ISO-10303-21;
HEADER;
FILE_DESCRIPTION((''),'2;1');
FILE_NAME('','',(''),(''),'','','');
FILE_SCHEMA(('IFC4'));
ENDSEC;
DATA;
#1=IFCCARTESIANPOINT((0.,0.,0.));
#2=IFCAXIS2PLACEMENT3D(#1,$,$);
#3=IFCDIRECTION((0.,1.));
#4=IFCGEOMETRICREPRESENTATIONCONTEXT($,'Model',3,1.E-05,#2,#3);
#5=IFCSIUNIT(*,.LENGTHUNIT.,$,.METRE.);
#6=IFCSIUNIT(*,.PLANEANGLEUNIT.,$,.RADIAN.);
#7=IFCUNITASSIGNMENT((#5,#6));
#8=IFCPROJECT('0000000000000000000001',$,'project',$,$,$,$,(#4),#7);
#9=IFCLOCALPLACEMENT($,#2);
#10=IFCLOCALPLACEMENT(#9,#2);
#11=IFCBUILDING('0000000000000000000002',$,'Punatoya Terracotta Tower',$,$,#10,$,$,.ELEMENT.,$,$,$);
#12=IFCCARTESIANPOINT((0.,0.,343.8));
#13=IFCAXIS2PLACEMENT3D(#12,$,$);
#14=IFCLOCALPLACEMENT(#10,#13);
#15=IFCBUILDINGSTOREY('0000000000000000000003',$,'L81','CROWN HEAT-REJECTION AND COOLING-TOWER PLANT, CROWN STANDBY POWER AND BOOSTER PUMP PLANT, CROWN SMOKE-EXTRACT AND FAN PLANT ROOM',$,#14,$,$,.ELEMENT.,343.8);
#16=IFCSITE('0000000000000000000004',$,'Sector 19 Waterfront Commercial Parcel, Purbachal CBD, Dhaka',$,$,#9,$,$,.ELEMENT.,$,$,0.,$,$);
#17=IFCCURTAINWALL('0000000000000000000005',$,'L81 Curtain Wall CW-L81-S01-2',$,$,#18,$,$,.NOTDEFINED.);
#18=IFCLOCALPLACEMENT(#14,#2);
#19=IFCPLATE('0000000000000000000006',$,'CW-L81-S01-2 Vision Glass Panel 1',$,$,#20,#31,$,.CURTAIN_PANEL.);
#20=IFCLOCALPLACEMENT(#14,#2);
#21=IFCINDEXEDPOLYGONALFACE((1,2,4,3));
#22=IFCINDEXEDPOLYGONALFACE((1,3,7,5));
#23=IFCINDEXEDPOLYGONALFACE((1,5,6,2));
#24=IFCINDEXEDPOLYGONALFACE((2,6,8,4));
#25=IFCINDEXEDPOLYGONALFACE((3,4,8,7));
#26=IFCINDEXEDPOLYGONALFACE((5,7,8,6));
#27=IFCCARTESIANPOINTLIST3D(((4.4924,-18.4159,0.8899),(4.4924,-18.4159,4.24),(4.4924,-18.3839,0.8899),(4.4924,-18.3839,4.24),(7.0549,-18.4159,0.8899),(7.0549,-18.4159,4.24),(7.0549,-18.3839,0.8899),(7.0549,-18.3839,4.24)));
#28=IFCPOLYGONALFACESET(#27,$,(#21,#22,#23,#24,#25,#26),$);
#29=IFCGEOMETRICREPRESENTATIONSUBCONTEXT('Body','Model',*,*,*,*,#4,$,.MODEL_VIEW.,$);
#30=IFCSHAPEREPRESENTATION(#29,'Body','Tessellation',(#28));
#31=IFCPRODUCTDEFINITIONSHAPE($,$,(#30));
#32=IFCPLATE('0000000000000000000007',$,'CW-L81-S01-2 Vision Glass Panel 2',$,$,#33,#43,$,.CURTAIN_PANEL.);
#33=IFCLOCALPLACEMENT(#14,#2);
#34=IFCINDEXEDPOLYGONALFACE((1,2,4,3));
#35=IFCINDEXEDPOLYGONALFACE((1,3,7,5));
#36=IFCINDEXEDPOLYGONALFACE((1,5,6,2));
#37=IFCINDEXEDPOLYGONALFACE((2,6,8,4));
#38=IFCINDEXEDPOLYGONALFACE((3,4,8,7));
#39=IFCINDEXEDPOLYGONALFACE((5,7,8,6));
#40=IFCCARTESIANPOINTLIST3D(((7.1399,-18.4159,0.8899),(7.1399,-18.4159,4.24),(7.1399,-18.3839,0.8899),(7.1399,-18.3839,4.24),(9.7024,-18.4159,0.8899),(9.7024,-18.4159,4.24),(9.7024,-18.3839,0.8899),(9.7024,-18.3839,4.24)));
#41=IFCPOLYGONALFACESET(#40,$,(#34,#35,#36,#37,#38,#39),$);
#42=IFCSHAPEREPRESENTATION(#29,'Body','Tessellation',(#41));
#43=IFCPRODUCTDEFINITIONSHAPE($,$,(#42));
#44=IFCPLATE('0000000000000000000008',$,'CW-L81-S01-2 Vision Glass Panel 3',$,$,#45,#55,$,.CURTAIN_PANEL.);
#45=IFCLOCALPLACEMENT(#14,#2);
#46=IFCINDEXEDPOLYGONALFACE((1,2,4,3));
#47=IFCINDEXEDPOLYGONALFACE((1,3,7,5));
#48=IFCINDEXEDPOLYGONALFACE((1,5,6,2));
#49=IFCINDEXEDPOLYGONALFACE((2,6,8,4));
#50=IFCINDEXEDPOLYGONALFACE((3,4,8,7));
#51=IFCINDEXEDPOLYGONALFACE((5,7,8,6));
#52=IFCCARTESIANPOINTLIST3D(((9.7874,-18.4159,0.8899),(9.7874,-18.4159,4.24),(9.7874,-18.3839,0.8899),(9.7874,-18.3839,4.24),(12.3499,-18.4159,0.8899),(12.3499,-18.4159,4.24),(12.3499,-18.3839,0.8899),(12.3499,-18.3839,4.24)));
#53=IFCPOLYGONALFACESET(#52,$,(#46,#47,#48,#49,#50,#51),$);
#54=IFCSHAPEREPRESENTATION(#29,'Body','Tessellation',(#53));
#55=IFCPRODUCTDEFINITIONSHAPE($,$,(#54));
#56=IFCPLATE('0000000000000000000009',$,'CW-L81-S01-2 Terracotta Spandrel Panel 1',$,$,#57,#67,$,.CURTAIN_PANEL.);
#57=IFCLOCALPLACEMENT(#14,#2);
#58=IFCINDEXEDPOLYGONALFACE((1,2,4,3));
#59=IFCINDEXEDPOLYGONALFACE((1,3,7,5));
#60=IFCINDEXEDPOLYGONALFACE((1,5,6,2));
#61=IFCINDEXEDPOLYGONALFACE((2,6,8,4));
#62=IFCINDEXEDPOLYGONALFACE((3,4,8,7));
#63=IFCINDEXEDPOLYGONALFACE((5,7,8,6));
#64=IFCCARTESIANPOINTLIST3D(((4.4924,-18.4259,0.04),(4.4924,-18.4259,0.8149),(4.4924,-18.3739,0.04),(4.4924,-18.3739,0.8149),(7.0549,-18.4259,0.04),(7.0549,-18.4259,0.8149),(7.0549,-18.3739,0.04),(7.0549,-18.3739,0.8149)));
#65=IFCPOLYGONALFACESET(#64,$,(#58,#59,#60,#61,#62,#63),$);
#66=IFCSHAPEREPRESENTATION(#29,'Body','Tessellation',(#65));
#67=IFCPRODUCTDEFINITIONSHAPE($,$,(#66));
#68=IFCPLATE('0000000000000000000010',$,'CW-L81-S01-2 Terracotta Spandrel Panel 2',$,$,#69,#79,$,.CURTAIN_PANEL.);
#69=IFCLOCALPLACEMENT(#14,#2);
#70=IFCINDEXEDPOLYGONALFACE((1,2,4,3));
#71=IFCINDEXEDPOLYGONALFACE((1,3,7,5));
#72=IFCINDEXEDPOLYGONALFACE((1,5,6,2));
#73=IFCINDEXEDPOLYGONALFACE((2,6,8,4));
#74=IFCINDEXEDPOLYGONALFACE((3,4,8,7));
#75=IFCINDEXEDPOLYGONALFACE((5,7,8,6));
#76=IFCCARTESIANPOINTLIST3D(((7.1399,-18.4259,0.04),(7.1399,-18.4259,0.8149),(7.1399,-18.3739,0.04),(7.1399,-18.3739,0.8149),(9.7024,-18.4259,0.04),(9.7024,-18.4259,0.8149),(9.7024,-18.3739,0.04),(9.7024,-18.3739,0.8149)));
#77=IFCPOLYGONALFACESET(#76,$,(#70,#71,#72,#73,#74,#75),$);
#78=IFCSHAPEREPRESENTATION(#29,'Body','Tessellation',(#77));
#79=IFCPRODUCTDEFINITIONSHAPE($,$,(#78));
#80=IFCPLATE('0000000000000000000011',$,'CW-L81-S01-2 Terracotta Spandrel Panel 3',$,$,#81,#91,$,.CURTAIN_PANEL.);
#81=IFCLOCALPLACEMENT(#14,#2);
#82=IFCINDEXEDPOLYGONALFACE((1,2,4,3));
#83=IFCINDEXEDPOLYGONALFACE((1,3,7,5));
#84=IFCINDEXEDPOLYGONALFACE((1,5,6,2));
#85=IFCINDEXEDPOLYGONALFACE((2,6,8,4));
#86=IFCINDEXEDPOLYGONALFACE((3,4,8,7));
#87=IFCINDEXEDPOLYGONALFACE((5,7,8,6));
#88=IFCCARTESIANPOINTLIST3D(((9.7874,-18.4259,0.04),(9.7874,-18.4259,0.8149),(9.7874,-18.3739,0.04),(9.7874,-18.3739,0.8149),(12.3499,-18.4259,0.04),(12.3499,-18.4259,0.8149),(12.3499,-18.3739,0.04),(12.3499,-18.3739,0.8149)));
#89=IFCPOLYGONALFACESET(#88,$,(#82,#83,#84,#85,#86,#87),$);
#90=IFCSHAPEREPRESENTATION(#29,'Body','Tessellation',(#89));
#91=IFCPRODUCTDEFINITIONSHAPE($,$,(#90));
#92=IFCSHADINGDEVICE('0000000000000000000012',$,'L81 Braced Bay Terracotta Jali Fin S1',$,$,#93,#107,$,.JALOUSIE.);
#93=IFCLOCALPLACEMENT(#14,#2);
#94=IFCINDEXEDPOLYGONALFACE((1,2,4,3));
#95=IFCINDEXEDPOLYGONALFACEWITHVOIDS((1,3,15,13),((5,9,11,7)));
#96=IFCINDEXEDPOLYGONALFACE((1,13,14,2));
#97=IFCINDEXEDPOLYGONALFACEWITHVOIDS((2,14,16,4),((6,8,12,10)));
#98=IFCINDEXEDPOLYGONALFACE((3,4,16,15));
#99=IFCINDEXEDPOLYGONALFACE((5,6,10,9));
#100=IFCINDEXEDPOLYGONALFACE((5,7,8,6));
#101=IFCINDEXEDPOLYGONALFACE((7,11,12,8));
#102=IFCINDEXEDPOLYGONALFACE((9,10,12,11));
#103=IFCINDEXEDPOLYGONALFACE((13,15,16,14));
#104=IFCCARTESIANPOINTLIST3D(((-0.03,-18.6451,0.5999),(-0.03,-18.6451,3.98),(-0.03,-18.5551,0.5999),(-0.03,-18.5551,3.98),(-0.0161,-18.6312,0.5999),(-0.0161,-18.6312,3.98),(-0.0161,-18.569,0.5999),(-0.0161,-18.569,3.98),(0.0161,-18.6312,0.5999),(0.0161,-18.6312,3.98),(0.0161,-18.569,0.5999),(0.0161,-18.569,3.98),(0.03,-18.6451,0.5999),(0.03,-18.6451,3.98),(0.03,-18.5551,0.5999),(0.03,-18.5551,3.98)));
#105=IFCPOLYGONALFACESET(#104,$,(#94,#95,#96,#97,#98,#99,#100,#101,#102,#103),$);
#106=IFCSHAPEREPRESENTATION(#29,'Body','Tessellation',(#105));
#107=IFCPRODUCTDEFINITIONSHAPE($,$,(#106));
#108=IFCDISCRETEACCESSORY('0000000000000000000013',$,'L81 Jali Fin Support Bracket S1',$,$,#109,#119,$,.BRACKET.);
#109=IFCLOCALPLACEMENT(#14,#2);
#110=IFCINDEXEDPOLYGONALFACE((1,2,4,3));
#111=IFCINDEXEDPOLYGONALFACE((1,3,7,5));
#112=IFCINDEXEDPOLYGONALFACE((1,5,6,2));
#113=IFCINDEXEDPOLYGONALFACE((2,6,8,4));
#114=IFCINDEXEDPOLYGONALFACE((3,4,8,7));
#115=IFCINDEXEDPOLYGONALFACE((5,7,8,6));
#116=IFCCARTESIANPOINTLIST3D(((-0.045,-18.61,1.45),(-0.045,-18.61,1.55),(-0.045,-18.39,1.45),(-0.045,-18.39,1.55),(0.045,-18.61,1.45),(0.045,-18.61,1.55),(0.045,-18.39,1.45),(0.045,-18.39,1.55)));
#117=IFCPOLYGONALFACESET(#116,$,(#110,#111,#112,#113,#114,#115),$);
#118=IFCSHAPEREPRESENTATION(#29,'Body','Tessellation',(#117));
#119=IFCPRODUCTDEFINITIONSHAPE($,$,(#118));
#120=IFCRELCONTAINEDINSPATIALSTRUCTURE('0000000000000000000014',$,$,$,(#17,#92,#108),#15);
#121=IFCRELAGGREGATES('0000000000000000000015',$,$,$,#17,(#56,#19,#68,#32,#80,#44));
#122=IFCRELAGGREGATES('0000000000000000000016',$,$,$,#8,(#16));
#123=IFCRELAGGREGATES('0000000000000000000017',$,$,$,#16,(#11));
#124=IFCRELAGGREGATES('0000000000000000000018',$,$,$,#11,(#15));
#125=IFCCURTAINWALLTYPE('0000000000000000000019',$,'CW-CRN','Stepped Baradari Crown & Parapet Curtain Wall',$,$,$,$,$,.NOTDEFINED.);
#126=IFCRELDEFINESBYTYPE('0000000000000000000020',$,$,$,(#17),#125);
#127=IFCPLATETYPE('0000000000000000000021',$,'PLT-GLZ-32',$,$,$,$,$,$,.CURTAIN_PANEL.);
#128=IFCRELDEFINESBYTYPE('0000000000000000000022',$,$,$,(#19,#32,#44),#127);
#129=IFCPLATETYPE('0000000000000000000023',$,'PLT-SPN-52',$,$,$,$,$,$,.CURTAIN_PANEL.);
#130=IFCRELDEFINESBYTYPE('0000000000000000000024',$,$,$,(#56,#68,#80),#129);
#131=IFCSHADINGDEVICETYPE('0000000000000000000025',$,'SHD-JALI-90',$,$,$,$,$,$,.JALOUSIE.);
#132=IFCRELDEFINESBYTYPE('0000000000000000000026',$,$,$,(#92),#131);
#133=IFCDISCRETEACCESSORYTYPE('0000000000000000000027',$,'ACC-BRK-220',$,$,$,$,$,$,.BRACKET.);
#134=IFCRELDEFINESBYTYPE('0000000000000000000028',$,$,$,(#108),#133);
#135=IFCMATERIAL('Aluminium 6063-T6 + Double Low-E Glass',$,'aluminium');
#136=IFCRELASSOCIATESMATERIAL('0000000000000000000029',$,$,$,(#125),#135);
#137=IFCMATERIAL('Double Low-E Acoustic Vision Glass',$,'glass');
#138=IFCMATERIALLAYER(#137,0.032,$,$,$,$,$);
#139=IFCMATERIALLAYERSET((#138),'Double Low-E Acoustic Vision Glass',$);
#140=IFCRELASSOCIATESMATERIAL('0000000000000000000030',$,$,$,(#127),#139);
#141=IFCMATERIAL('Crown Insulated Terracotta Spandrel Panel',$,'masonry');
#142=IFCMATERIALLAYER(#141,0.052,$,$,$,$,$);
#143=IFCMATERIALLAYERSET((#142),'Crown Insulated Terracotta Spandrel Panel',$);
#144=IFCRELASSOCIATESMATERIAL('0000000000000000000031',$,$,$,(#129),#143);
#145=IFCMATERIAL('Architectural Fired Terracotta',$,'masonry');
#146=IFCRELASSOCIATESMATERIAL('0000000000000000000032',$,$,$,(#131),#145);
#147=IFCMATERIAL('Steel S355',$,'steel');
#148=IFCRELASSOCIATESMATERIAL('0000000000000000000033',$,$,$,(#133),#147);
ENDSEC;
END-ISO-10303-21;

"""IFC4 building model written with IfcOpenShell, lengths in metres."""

from ifc_helpers import new_model, si_unit, direction, frame, origin, origin_2d, place, context, subcontext, project, spatial, rectangle, hollow_rectangle, extrude, material, layer, layer_set, material_profile, profile_set, type_object, element, aggregate, save


model = new_model("IFC4")

# Units and contexts
model_context = context("Model", 3, precision=1e-05, world=origin(), true_north=direction((0.0, 1.0)))
body_context = subcontext(model_context, "Body", "Model", "MODEL_VIEW")
ifc_project = project(units=[si_unit("LENGTHUNIT", "METRE"), si_unit("PLANEANGLEUNIT", "RADIAN")], contexts=[model_context])

# Site, building, storey
site_placement = place(None, origin())
site = spatial("IfcSite", under=ifc_project, at=site_placement, Name="Sector 19 Waterfront Commercial Parcel, Purbachal CBD, Dhaka", CompositionType="ELEMENT", RefElevation=0.0)
building_placement = place(site_placement, origin())
building = spatial("IfcBuilding", under=site, at=building_placement, Name="Punatoya Terracotta Tower", CompositionType="ELEMENT")
storey_placement = place(building_placement, frame((0.0, 0.0, 343.8)))
storey = spatial("IfcBuildingStorey", under=building, at=storey_placement, Name="L81", Description="CROWN HEAT-REJECTION AND COOLING-TOWER PLANT, CROWN STANDBY POWER AND BOOSTER PUMP PLANT, CROWN SMOKE-EXTRACT AND FAN PLANT ROOM", CompositionType="ELEMENT", Elevation=343.8)

# Curtain wall
ifc_material_1 = material(Name="Aluminium 6063-T6 + Double Low-E Glass", Category="aluminium")
curtain_wall_type = type_object("IfcCurtainWallType", Name="CW-CRN", Description="Stepped Baradari Crown & Parapet Curtain Wall", PredefinedType="NOTDEFINED", material=ifc_material_1)
curtain_wall_placement = place(storey_placement, origin())
curtain_wall = element("IfcCurtainWall", 1, at=curtain_wall_placement, inside=storey, type_object=curtain_wall_type, Name="L81 Curtain Wall CW-L81-S01-2", PredefinedType="NOTDEFINED")

# Plates
ifc_material_2 = material(Name="Double Low-E Acoustic Vision Glass", Category="glass")
ifc_layer_1 = layer(ifc_material_2, 0.032)
ifc_layer_set_1 = layer_set([ifc_layer_1], Name="Double Low-E Acoustic Vision Glass")
plate_type_1 = type_object("IfcPlateType", Name="PLT-GLZ-32", PredefinedType="CURTAIN_PANEL", material=ifc_layer_set_1)
plate_1_placement = place(storey_placement, frame((5.7737, -18.3999, 0.8899), z_axis=(0.0, 0.0, 1.0), x_axis=(1.0, 0.0, 0.0)))
plate_1 = element("IfcPlate", 2, at=plate_1_placement, type_object=plate_type_1, Name="CW-L81-S01-2 Vision Glass Panel 1", PredefinedType="CURTAIN_PANEL", context=body_context, shape_type="SweptSolid", body=[
    extrude(rectangle(XDim=2.5625, YDim=0.032, at=origin_2d()), origin(), (0.0, 0.0, 1.0), 3.3501),
])
plate_2_placement = place(storey_placement, frame((8.4211, -18.3999, 0.8899), z_axis=(0.0, 0.0, 1.0), x_axis=(1.0, 0.0, 0.0)))
plate_2 = element("IfcPlate", 3, at=plate_2_placement, type_object=plate_type_1, Name="CW-L81-S01-2 Vision Glass Panel 2", PredefinedType="CURTAIN_PANEL", context=body_context, shape_type="SweptSolid", body=[
    extrude(rectangle(XDim=2.5625, YDim=0.032, at=origin_2d()), origin(), (0.0, 0.0, 1.0), 3.3501),
])
plate_3_placement = place(storey_placement, frame((11.0686, -18.3999, 0.8899), z_axis=(0.0, 0.0, 1.0), x_axis=(1.0, 0.0, 0.0)))
plate_3 = element("IfcPlate", 4, at=plate_3_placement, type_object=plate_type_1, Name="CW-L81-S01-2 Vision Glass Panel 3", PredefinedType="CURTAIN_PANEL", context=body_context, shape_type="SweptSolid", body=[
    extrude(rectangle(XDim=2.5625, YDim=0.032, at=origin_2d()), origin(), (0.0, 0.0, 1.0), 3.3501),
])
ifc_material_3 = material(Name="Crown Insulated Terracotta Spandrel Panel", Category="masonry")
ifc_layer_2 = layer(ifc_material_3, 0.052)
ifc_layer_set_2 = layer_set([ifc_layer_2], Name="Crown Insulated Terracotta Spandrel Panel")
plate_type_2 = type_object("IfcPlateType", Name="PLT-SPN-52", PredefinedType="CURTAIN_PANEL", material=ifc_layer_set_2)
plate_4_placement = place(storey_placement, frame((5.7737, -18.3999, 0.04), z_axis=(0.0, 0.0, 1.0), x_axis=(1.0, 0.0, 0.0)))
plate_4 = element("IfcPlate", 5, at=plate_4_placement, type_object=plate_type_2, Name="CW-L81-S01-2 Terracotta Spandrel Panel 1", PredefinedType="CURTAIN_PANEL", context=body_context, shape_type="SweptSolid", body=[
    extrude(rectangle(XDim=2.5625, YDim=0.052, at=origin_2d()), origin(), (0.0, 0.0, 1.0), 0.7749),
])
plate_5_placement = place(storey_placement, frame((8.4211, -18.3999, 0.04), z_axis=(0.0, 0.0, 1.0), x_axis=(1.0, 0.0, 0.0)))
plate_5 = element("IfcPlate", 6, at=plate_5_placement, type_object=plate_type_2, Name="CW-L81-S01-2 Terracotta Spandrel Panel 2", PredefinedType="CURTAIN_PANEL", context=body_context, shape_type="SweptSolid", body=[
    extrude(rectangle(XDim=2.5625, YDim=0.052, at=origin_2d()), origin(), (0.0, 0.0, 1.0), 0.7749),
])
plate_6_placement = place(storey_placement, frame((11.0686, -18.3999, 0.04), z_axis=(0.0, 0.0, 1.0), x_axis=(1.0, 0.0, 0.0)))
plate_6 = element("IfcPlate", 7, at=plate_6_placement, type_object=plate_type_2, Name="CW-L81-S01-2 Terracotta Spandrel Panel 3", PredefinedType="CURTAIN_PANEL", context=body_context, shape_type="SweptSolid", body=[
    extrude(rectangle(XDim=2.5625, YDim=0.052, at=origin_2d()), origin(), (0.0, 0.0, 1.0), 0.7749),
])
aggregate(curtain_wall, [plate_4, plate_1, plate_5, plate_2, plate_6, plate_3])

# Shading device
ifc_material_4 = material(Name="Architectural Fired Terracotta", Category="masonry")
ifc_material_profile_1 = material_profile(ifc_material_4, hollow_rectangle(XDim=0.0601, YDim=0.0901, WallThickness=0.0139, at=origin_2d()))
ifc_profile_set_1 = profile_set([ifc_material_profile_1], Name="Architectural Fired Terracotta")
shading_device_type = type_object("IfcShadingDeviceType", Name="SHD-JALI-90", PredefinedType="JALOUSIE", material=ifc_profile_set_1)
shading_device_placement = place(storey_placement, frame((0.0, -18.6001, 0.5999), z_axis=(0.0, 0.0, 1.0), x_axis=(1.0, 0.0, 0.0)))
element("IfcShadingDevice", 8, at=shading_device_placement, inside=storey, type_object=shading_device_type, Name="L81 Braced Bay Terracotta Jali Fin S1", PredefinedType="JALOUSIE", context=body_context, shape_type="SweptSolid", body=[
    extrude(hollow_rectangle(XDim=0.0601, YDim=0.0901, WallThickness=0.0139, at=origin_2d()), origin(), (0.0, 0.0, 1.0), 3.3801),
])

# Discrete accessory
ifc_material_5 = material(Name="Steel S355", Category="steel")
discrete_accessory_type = type_object("IfcDiscreteAccessoryType", Name="ACC-BRK-220", PredefinedType="BRACKET", material=ifc_material_5)
discrete_accessory_placement = place(storey_placement, frame((0.0, -18.5, 1.45), z_axis=(0.0, 0.0, 1.0), x_axis=(1.0, 0.0, 0.0)))
element("IfcDiscreteAccessory", 9, at=discrete_accessory_placement, inside=storey, type_object=discrete_accessory_type, Name="L81 Jali Fin Support Bracket S1", PredefinedType="BRACKET", context=body_context, shape_type="SweptSolid", body=[
    extrude(rectangle(XDim=0.0901, YDim=0.22, at=origin_2d()), origin(), (0.0, 0.0, 1.0), 0.1001),
])

save(model, "model.ifc")
